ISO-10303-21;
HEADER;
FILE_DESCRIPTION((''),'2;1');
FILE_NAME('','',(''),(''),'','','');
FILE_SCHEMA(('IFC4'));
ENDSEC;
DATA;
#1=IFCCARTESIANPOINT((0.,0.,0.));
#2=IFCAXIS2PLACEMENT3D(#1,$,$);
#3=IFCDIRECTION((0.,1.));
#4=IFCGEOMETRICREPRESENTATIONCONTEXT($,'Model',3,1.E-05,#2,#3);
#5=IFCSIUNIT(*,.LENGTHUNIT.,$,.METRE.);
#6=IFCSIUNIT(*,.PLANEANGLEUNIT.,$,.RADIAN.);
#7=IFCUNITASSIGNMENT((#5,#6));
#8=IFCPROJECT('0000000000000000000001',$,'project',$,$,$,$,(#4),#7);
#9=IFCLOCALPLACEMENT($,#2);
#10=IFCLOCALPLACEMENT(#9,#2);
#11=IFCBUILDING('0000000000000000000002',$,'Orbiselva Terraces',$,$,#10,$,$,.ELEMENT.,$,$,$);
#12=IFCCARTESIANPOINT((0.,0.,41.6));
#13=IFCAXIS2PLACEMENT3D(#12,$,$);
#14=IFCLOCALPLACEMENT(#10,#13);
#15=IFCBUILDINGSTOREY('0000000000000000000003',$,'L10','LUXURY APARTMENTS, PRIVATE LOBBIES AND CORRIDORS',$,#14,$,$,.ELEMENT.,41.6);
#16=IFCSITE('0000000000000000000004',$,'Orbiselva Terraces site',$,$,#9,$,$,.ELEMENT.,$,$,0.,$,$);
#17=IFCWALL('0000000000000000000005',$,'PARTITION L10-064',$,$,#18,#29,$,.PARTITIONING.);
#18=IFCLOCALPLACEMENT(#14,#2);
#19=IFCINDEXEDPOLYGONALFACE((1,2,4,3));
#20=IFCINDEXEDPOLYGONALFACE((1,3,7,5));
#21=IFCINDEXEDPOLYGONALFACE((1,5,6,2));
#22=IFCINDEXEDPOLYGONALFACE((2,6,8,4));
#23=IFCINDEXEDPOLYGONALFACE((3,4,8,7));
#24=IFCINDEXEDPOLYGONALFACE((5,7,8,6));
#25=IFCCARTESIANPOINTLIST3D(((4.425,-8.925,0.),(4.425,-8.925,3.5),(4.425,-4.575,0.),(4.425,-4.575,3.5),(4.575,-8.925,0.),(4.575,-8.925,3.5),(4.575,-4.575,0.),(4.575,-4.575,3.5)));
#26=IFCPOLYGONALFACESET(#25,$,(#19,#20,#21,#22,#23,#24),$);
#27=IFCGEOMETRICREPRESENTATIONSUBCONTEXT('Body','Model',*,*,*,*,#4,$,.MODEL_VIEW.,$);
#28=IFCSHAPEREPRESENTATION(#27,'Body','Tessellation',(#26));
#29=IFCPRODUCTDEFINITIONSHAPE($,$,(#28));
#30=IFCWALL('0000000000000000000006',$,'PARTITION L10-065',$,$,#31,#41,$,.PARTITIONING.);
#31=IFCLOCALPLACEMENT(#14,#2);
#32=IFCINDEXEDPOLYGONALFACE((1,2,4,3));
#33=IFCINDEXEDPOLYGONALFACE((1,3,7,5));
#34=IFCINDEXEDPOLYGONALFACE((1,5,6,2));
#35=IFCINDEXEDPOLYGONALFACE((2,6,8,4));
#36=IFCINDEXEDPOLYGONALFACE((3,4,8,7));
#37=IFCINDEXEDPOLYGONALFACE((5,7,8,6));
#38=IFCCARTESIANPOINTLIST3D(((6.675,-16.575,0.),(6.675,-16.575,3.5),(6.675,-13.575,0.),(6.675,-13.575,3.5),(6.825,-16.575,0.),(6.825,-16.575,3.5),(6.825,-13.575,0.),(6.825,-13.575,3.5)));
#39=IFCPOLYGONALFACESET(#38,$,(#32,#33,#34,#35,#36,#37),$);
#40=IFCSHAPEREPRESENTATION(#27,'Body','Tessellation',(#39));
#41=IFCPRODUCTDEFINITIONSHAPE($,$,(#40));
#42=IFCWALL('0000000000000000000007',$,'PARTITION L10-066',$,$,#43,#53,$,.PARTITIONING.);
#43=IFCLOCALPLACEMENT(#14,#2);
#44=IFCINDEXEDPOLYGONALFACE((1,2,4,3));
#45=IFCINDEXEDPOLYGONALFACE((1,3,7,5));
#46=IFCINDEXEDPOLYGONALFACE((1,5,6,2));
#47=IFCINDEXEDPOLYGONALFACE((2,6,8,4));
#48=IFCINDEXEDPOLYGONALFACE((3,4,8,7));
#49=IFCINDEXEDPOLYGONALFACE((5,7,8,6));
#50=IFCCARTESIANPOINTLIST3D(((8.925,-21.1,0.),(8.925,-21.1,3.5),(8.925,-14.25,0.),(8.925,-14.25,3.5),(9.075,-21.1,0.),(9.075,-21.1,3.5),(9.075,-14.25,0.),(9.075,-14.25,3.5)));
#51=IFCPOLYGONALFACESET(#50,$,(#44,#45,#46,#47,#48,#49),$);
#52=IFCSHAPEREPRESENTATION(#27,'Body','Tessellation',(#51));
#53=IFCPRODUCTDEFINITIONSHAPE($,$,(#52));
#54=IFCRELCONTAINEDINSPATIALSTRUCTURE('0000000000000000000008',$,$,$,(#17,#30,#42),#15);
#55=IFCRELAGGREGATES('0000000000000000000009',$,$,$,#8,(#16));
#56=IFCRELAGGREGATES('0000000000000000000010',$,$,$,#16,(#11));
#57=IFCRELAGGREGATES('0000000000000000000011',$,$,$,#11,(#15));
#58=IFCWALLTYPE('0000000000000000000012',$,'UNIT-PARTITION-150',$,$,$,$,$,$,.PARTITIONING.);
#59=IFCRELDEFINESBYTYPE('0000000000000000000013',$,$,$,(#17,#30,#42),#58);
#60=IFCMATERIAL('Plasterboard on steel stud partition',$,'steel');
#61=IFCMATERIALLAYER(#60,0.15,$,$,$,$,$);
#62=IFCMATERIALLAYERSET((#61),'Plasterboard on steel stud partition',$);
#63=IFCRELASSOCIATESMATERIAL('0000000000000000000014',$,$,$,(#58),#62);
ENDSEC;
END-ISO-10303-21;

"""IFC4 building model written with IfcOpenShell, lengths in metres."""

from ifc_helpers import new_model, si_unit, direction, frame, frame_2d, origin, place, context, subcontext, project, spatial, rectangle, extrude, material, layer, layer_set, type_object, element, save


model = new_model("IFC4")

# Units and contexts
model_context = context("Model", 3, precision=1e-05, world=origin(), true_north=direction((0.0, 1.0)))
body_context = subcontext(model_context, "Body", "Model", "MODEL_VIEW")
ifc_project = project(units=[si_unit("LENGTHUNIT", "METRE"), si_unit("PLANEANGLEUNIT", "RADIAN")], contexts=[model_context])

# Site, building, storey
site_placement = place(None, origin())
site = spatial("IfcSite", under=ifc_project, at=site_placement, Name="Orbiselva Terraces site", CompositionType="ELEMENT", RefElevation=0.0)
building_placement = place(site_placement, origin())
building = spatial("IfcBuilding", under=site, at=building_placement, Name="Orbiselva Terraces", CompositionType="ELEMENT")
storey_placement = place(building_placement, frame((0.0, 0.0, 41.6)))
storey = spatial("IfcBuildingStorey", under=building, at=storey_placement, Name="L10", Description="LUXURY APARTMENTS, PRIVATE LOBBIES AND CORRIDORS", CompositionType="ELEMENT", Elevation=41.6)

# Shared definitions
ifc_material_1 = material(Name="Plasterboard on steel stud partition", Category="steel")

# Shared definitions
ifc_layer_1 = layer(ifc_material_1, 0.15)
ifc_layer_set_1 = layer_set([ifc_layer_1], Name="Plasterboard on steel stud partition")
wall_type_1 = type_object("IfcWallType", Name="UNIT-PARTITION-150", PredefinedType="PARTITIONING", material=ifc_layer_set_1)

# Walls
wall_1_placement = place(storey_placement, frame((4.5, -8.925, 0.0), z_axis=(0.0, 0.0, 1.0), x_axis=(0.0, 1.0, 0.0)))
element("IfcWall", 1, at=wall_1_placement, inside=storey, type_object=wall_type_1, Name="PARTITION L10-064", PredefinedType="PARTITIONING", context=body_context, shape_type="SweptSolid", body=[
    extrude(rectangle(XDim=4.35, YDim=0.15, at=frame_2d((2.175, 0.0))), origin(), (0.0, 0.0, 1.0), 3.5),
])
wall_2_placement = place(storey_placement, frame((6.75, -16.575, 0.0), z_axis=(0.0, 0.0, 1.0), x_axis=(0.0, 1.0, 0.0)))
element("IfcWall", 2, at=wall_2_placement, inside=storey, type_object=wall_type_1, Name="PARTITION L10-065", PredefinedType="PARTITIONING", context=body_context, shape_type="SweptSolid", body=[
    extrude(rectangle(XDim=3.0, YDim=0.15, at=frame_2d((1.5, 0.0))), origin(), (0.0, 0.0, 1.0), 3.5),
])
wall_3_placement = place(storey_placement, frame((9.0, -21.1, 0.0), z_axis=(0.0, 0.0, 1.0), x_axis=(0.0, 1.0, 0.0)))
element("IfcWall", 3, at=wall_3_placement, inside=storey, type_object=wall_type_1, Name="PARTITION L10-066", PredefinedType="PARTITIONING", context=body_context, shape_type="SweptSolid", body=[
    extrude(rectangle(XDim=6.85, YDim=0.15, at=frame_2d((3.425, 0.0))), origin(), (0.0, 0.0, 1.0), 3.5),
])

save(model, "model.ifc")
